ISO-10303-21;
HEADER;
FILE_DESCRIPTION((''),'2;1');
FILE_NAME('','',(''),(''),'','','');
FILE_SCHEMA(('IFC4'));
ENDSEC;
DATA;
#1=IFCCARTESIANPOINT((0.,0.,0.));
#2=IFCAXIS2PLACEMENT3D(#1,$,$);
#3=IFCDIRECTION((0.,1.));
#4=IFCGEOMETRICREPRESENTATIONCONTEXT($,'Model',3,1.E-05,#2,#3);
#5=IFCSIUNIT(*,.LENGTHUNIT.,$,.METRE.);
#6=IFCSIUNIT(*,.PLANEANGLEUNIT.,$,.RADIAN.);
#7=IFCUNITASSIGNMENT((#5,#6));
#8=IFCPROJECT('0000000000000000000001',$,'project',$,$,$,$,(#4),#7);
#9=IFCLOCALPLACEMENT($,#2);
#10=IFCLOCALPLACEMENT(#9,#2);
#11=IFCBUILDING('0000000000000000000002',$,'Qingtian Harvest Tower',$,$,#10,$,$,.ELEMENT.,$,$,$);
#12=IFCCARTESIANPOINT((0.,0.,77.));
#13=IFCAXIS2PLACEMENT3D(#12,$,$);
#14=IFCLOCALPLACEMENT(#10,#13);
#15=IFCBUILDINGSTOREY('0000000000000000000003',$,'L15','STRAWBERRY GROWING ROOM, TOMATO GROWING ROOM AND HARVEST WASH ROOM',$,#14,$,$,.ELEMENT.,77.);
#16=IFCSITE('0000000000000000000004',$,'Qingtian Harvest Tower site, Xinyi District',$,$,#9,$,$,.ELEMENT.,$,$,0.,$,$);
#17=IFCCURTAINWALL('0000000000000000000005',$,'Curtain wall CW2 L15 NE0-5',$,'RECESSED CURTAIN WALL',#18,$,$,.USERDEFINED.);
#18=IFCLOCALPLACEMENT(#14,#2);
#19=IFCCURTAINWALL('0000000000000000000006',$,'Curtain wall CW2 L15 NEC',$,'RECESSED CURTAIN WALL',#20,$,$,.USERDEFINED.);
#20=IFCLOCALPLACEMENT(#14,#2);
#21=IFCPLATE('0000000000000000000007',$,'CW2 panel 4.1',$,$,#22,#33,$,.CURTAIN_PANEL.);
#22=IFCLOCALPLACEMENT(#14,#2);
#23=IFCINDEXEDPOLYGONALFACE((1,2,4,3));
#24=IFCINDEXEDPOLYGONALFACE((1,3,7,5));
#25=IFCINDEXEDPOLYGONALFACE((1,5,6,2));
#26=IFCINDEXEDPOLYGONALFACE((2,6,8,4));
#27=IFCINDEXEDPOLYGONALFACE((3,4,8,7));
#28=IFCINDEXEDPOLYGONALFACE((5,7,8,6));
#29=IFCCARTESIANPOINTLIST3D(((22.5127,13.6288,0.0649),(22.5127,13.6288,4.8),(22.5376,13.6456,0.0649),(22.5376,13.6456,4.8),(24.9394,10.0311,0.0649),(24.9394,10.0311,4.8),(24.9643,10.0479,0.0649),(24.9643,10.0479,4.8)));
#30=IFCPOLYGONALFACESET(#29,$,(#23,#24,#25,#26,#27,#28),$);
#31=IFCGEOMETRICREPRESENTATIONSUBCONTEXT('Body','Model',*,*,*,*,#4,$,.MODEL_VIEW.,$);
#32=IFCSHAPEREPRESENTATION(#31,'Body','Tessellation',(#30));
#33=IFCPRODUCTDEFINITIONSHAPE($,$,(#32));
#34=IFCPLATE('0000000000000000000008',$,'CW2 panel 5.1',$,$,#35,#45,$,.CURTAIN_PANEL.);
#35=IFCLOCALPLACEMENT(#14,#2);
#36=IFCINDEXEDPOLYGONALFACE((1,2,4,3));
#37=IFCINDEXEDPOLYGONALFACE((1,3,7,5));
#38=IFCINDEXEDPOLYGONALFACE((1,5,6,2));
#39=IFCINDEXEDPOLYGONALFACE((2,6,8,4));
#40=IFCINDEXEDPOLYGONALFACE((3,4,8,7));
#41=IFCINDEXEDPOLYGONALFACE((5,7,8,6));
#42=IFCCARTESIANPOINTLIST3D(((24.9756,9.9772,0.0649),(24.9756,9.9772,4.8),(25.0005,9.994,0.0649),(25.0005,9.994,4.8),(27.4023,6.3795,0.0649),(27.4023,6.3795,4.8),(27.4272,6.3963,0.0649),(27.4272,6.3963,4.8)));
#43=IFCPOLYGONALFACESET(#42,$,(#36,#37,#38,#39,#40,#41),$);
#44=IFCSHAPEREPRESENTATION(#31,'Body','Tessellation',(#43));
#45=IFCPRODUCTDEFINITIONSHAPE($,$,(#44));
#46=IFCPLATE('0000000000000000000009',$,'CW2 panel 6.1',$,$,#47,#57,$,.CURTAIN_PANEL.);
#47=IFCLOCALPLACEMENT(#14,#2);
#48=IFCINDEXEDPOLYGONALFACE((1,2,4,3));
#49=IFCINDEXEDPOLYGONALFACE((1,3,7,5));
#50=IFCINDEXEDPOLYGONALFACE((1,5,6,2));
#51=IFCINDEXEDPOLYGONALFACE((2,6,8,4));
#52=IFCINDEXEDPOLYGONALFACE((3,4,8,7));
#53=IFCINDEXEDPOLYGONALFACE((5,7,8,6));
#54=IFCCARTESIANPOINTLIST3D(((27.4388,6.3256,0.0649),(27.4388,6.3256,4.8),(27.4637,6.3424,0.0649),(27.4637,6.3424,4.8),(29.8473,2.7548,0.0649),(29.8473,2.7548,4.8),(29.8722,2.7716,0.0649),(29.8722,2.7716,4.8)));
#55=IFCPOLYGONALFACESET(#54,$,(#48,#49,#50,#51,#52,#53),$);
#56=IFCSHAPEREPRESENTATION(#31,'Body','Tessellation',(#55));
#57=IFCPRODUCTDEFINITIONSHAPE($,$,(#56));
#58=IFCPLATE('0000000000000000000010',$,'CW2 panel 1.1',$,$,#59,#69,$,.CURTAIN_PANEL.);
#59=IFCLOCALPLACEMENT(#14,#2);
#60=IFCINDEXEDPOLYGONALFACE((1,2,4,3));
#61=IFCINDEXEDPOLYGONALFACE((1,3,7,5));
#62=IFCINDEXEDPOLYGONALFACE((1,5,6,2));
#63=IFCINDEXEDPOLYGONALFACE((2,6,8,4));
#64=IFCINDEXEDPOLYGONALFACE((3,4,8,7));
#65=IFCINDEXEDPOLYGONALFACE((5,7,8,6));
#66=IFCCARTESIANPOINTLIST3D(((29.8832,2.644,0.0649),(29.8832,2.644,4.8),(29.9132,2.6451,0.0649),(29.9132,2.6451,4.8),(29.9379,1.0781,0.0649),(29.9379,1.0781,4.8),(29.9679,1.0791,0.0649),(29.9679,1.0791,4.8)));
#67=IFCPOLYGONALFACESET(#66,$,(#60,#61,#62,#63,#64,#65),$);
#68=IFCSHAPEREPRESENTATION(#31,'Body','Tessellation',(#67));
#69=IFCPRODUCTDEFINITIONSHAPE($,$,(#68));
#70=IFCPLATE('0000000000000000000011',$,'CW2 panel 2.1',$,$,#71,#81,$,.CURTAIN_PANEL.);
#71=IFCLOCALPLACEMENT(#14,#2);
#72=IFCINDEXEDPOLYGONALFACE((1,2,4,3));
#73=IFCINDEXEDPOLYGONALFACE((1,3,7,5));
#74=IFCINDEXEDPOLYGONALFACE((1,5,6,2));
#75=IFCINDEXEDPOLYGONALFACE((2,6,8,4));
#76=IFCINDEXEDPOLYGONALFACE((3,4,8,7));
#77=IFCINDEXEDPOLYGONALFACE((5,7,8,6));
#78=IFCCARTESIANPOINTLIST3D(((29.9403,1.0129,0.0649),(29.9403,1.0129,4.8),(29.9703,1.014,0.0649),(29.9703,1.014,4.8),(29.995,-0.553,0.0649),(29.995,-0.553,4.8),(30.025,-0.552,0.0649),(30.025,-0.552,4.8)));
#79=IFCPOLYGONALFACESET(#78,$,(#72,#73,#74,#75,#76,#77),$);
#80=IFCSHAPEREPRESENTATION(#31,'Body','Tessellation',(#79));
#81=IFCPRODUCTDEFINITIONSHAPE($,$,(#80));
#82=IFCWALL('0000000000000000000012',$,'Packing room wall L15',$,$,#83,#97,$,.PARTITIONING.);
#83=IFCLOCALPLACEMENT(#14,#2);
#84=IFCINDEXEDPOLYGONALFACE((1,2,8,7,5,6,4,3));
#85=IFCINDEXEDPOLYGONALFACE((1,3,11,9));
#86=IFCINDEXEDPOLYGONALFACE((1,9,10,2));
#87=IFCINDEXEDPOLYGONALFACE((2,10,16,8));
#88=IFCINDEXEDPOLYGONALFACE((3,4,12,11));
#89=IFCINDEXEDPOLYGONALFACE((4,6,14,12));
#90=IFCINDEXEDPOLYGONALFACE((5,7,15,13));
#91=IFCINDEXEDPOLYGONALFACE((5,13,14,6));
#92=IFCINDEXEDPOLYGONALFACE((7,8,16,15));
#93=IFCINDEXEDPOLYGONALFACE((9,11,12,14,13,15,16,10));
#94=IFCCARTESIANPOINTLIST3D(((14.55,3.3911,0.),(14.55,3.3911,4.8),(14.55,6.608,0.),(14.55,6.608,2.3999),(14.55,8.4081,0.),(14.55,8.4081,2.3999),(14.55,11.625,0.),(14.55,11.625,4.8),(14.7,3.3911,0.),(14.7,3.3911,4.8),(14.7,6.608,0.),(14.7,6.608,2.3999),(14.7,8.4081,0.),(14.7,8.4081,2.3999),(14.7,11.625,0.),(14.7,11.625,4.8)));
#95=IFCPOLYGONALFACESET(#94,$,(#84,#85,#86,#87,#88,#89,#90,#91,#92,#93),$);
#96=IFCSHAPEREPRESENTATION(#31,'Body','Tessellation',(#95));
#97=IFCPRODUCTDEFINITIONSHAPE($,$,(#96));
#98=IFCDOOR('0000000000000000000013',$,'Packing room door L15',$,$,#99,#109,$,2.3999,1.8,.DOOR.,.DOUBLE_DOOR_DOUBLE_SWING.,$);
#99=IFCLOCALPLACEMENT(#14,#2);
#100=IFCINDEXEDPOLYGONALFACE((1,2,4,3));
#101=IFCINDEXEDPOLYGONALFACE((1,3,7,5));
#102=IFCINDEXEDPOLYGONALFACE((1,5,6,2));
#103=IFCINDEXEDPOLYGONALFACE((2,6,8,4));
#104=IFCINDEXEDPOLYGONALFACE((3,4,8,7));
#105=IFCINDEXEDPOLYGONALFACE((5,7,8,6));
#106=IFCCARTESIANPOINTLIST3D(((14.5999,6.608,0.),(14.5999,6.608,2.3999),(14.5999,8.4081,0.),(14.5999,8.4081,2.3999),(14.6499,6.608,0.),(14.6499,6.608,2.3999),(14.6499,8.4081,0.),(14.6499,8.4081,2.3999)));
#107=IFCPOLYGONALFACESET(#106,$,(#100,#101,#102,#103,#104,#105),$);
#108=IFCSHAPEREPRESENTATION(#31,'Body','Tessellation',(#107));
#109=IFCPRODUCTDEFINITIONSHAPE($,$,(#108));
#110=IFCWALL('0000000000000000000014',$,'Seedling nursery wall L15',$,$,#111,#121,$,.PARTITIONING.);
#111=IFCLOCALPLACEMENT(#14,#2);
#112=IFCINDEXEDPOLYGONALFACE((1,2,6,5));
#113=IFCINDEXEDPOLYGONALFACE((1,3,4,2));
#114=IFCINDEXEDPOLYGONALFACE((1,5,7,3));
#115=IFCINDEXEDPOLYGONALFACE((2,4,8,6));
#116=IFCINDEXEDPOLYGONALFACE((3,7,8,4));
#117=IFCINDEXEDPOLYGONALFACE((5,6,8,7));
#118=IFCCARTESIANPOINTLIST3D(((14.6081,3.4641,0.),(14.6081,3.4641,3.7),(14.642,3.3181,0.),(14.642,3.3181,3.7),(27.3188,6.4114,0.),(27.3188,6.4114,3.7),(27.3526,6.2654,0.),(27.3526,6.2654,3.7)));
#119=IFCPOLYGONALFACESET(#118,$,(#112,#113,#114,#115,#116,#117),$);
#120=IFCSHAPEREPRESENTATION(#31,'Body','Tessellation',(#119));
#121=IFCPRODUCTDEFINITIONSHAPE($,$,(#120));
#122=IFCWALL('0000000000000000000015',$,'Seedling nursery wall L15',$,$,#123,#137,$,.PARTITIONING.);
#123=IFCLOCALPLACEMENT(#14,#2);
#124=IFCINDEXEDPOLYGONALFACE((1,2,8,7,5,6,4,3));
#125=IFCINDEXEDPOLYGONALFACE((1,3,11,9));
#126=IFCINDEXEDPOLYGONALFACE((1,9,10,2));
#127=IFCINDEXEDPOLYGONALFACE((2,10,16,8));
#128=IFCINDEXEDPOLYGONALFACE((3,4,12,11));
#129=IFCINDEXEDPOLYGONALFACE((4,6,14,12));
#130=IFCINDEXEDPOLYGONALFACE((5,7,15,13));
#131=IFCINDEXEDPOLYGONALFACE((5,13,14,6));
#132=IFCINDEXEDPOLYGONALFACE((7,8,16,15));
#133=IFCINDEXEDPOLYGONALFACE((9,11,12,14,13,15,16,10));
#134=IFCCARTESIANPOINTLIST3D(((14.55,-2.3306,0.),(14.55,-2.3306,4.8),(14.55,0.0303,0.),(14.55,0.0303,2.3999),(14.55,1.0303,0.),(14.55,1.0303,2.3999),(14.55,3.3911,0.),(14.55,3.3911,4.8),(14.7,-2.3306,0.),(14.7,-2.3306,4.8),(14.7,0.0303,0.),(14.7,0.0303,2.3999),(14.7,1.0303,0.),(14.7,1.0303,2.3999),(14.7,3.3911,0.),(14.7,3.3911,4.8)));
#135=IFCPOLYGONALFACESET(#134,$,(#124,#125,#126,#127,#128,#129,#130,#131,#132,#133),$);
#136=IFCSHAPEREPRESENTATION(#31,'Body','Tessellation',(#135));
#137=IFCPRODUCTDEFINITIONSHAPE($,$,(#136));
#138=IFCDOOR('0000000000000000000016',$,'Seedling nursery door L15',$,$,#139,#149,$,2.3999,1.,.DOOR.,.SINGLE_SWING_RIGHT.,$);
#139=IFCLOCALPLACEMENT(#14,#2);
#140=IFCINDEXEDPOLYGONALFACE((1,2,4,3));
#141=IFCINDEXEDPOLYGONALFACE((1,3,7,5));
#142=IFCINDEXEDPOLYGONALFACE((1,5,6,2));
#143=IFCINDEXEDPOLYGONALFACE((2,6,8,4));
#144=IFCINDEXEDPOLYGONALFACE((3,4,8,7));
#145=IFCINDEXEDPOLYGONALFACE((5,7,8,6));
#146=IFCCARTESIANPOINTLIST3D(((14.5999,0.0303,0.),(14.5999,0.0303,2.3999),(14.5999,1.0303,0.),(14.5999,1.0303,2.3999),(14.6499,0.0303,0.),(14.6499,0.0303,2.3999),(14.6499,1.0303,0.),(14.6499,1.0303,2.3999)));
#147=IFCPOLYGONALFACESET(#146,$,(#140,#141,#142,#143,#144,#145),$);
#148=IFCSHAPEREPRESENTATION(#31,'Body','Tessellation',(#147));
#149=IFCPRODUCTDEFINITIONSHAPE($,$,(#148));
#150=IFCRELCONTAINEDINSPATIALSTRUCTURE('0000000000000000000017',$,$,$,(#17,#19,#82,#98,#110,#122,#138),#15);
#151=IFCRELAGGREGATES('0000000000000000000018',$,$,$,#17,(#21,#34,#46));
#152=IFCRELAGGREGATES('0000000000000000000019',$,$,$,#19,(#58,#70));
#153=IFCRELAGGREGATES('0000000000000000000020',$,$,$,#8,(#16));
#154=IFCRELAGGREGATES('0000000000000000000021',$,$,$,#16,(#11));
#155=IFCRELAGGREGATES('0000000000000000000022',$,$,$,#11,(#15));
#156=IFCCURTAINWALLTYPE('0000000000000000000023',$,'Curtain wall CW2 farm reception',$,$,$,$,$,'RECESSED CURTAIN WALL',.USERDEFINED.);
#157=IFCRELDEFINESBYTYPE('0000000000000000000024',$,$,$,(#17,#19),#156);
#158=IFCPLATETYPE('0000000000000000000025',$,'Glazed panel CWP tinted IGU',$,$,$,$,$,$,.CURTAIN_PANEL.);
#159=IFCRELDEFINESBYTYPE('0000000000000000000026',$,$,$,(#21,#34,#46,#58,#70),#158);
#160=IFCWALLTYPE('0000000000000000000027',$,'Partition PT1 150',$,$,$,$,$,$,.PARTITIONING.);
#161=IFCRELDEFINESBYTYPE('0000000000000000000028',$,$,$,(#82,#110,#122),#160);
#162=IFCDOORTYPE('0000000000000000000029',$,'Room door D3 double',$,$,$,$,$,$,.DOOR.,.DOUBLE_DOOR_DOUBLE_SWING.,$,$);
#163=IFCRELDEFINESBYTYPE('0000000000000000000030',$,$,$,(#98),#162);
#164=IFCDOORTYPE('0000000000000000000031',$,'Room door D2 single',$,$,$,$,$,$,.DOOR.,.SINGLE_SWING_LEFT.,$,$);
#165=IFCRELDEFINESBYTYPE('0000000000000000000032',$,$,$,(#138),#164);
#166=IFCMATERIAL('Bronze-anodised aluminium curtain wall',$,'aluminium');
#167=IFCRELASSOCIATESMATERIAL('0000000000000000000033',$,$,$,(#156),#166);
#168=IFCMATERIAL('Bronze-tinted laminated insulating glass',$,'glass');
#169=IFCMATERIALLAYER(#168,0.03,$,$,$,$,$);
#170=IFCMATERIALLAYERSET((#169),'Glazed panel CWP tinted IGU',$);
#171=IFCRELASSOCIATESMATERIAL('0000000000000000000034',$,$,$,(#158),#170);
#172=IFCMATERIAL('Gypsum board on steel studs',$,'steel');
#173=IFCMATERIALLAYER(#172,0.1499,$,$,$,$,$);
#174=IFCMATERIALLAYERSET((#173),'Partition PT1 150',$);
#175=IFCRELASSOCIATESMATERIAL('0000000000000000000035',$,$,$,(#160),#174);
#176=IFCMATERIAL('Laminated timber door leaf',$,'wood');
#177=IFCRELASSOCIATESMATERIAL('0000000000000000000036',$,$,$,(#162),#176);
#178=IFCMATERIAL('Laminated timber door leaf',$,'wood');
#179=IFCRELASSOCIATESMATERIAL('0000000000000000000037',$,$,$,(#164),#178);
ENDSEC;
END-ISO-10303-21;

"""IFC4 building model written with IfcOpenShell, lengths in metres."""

from ifc_helpers import new_model, si_unit, direction, frame, frame_2d, origin, origin_2d, place, context, subcontext, project, spatial, rectangle, extrude, material, layer, layer_set, type_object, element, fill, aggregate, save


model = new_model("IFC4")

# Units and contexts
model_context = context("Model", 3, precision=1e-05, world=origin(), true_north=direction((0.0, 1.0)))
body_context = subcontext(model_context, "Body", "Model", "MODEL_VIEW")
ifc_project = project(units=[si_unit("LENGTHUNIT", "METRE"), si_unit("PLANEANGLEUNIT", "RADIAN")], contexts=[model_context])

# Site, building, storey
site_placement = place(None, origin())
site = spatial("IfcSite", under=ifc_project, at=site_placement, Name="Qingtian Harvest Tower site, Xinyi District", CompositionType="ELEMENT", RefElevation=0.0)
building_placement = place(site_placement, origin())
building = spatial("IfcBuilding", under=site, at=building_placement, Name="Qingtian Harvest Tower", CompositionType="ELEMENT")
storey_placement = place(building_placement, frame((0.0, 0.0, 77.0)))
storey = spatial("IfcBuildingStorey", under=building, at=storey_placement, Name="L15", Description="STRAWBERRY GROWING ROOM, TOMATO GROWING ROOM AND HARVEST WASH ROOM", CompositionType="ELEMENT", Elevation=77.0)

# Curtain walls
ifc_material_1 = material(Name="Bronze-anodised aluminium curtain wall", Category="aluminium")
curtain_wall_type = type_object("IfcCurtainWallType", Name="Curtain wall CW2 farm reception", ElementType="RECESSED CURTAIN WALL", PredefinedType="USERDEFINED", material=ifc_material_1)
curtain_wall_1_placement = place(storey_placement, origin())
curtain_wall_1 = element("IfcCurtainWall", 1, at=curtain_wall_1_placement, inside=storey, type_object=curtain_wall_type, Name="Curtain wall CW2 L15 NE0-5", ObjectType="RECESSED CURTAIN WALL", PredefinedType="USERDEFINED")
curtain_wall_2_placement = place(storey_placement, origin())
curtain_wall_2 = element("IfcCurtainWall", 2, at=curtain_wall_2_placement, inside=storey, type_object=curtain_wall_type, Name="Curtain wall CW2 L15 NEC", ObjectType="RECESSED CURTAIN WALL", PredefinedType="USERDEFINED")

# Plates
ifc_material_2 = material(Name="Bronze-tinted laminated insulating glass", Category="glass")
ifc_layer_1 = layer(ifc_material_2, 0.03)
ifc_layer_set_1 = layer_set([ifc_layer_1], Name="Glazed panel CWP tinted IGU")
plate_type = type_object("IfcPlateType", Name="Glazed panel CWP tinted IGU", PredefinedType="CURTAIN_PANEL", material=ifc_layer_set_1)
plate_1_placement = place(storey_placement, frame((23.7385, 11.8384, 0.0649), z_axis=(0.0, 0.0, 1.0), x_axis=(0.559193, -0.829038, 0.0)))
plate_1 = element("IfcPlate", 3, at=plate_1_placement, type_object=plate_type, Name="CW2 panel 4.1", PredefinedType="CURTAIN_PANEL", context=body_context, shape_type="SweptSolid", body=[
    extrude(rectangle(XDim=4.3396, YDim=0.03, at=origin_2d()), origin(), (0.0, 0.0, 1.0), 4.7351),
])
plate_2_placement = place(storey_placement, frame((26.2014, 8.1868, 0.0649), z_axis=(0.0, 0.0, 1.0), x_axis=(0.559193, -0.829038, 0.0)))
plate_2 = element("IfcPlate", 4, at=plate_2_placement, type_object=plate_type, Name="CW2 panel 5.1", PredefinedType="CURTAIN_PANEL", context=body_context, shape_type="SweptSolid", body=[
    extrude(rectangle(XDim=4.3396, YDim=0.03, at=origin_2d()), origin(), (0.0, 0.0, 1.0), 4.7351),
])
plate_3_placement = place(storey_placement, frame((28.6555, 4.5486, 0.0649), z_axis=(0.0, 0.0, 1.0), x_axis=(0.559193, -0.829038, 0.0)))
plate_3 = element("IfcPlate", 5, at=plate_3_placement, type_object=plate_type, Name="CW2 panel 6.1", PredefinedType="CURTAIN_PANEL", context=body_context, shape_type="SweptSolid", body=[
    extrude(rectangle(XDim=4.3071, YDim=0.03, at=origin_2d()), origin(), (0.0, 0.0, 1.0), 4.7351),
])
aggregate(curtain_wall_1, [plate_1, plate_2, plate_3])
plate_4_placement = place(storey_placement, frame((29.9255, 1.8616, 0.0649), z_axis=(0.0, 0.0, 1.0), x_axis=(0.034899, -0.999391, 0.0)))
plate_4 = element("IfcPlate", 6, at=plate_4_placement, type_object=plate_type, Name="CW2 panel 1.1", PredefinedType="CURTAIN_PANEL", context=body_context, shape_type="SweptSolid", body=[
    extrude(rectangle(XDim=1.5669, YDim=0.03, at=origin_2d()), origin(), (0.0, 0.0, 1.0), 4.7351),
])
plate_5_placement = place(storey_placement, frame((29.9827, 0.2305, 0.0649), z_axis=(0.0, 0.0, 1.0), x_axis=(0.034899, -0.999391, 0.0)))
plate_5 = element("IfcPlate", 7, at=plate_5_placement, type_object=plate_type, Name="CW2 panel 2.1", PredefinedType="CURTAIN_PANEL", context=body_context, shape_type="SweptSolid", body=[
    extrude(rectangle(XDim=1.5669, YDim=0.03, at=origin_2d()), origin(), (0.0, 0.0, 1.0), 4.7351),
])
aggregate(curtain_wall_2, [plate_4, plate_5])

# Wall, opening, door
ifc_material_3 = material(Name="Gypsum board on steel studs", Category="steel")
ifc_layer_2 = layer(ifc_material_3, 0.1499)
ifc_layer_set_2 = layer_set([ifc_layer_2], Name="Partition PT1 150")
wall_type = type_object("IfcWallType", Name="Partition PT1 150", PredefinedType="PARTITIONING", material=ifc_layer_set_2)
wall_1_placement = place(storey_placement, frame((14.625, 11.625, 0.0), z_axis=(0.0, 0.0, 1.0), x_axis=(0.0, -1.0, 0.0)))
wall_1 = element("IfcWall", 8, at=wall_1_placement, inside=storey, type_object=wall_type, Name="Packing room wall L15", PredefinedType="PARTITIONING", context=body_context, shape_type="SweptSolid", body=[
    extrude(rectangle(XDim=8.2339, YDim=0.1499, at=frame_2d((4.1169, 0.0))), origin(), (0.0, 0.0, 1.0), 4.8),
])
opening_1_placement = place(wall_1_placement, frame((3.217, 0.0, 0.0)))
opening_1 = element("IfcOpeningElement", 9, at=opening_1_placement, cuts=wall_1, PredefinedType="OPENING", context=body_context, shape_type="SweptSolid", body=[
    extrude(rectangle(XDim=1.8, YDim=2.3999, at=frame_2d((0.8999, 1.2))), frame((0.0, 0.085, 0.0), z_axis=(0.0, -1.0, 0.0), x_axis=(1.0, 0.0, 0.0)), (0.0, 0.0, 1.0), 0.1699),
])
ifc_material_4 = material(Name="Laminated timber door leaf", Category="wood")
door_type_1 = type_object("IfcDoorType", Name="Room door D3 double", OperationType="DOUBLE_DOOR_DOUBLE_SWING", PredefinedType="DOOR", material=ifc_material_4)
door_1_placement = place(opening_1_placement, origin())
door_1 = element("IfcDoor", 10, at=door_1_placement, inside=storey, type_object=door_type_1, Name="Packing room door L15", OperationType="DOUBLE_DOOR_DOUBLE_SWING", OverallHeight=2.3999, OverallWidth=1.8, PredefinedType="DOOR", context=body_context, shape_type="SweptSolid", body=[
    extrude(rectangle(XDim=1.8, YDim=2.3999, at=frame_2d((0.8999, 1.2))), frame((0.0, 0.0249, 0.0), z_axis=(0.0, -1.0, 0.0), x_axis=(1.0, 0.0, 0.0)), (0.0, 0.0, 1.0), 0.05),
])
fill(opening_1, door_1)

# Wall
wall_2_placement = place(storey_placement, frame((27.3357, 6.3384, 0.0), z_axis=(0.0, 0.0, 1.0), x_axis=(-0.974155, -0.22588, 0.0)))
element("IfcWall", 11, at=wall_2_placement, inside=storey, type_object=wall_type, Name="Seedling nursery wall L15", PredefinedType="PARTITIONING", context=body_context, shape_type="SweptSolid", body=[
    extrude(rectangle(XDim=13.0479, YDim=0.1499, at=frame_2d((6.5239, 0.0))), origin(), (0.0, 0.0, 1.0), 3.7),
])

# Wall, opening, door
wall_3_placement = place(storey_placement, frame((14.625, 3.3911, 0.0), z_axis=(0.0, 0.0, 1.0), x_axis=(0.0, -1.0, 0.0)))
wall_3 = element("IfcWall", 12, at=wall_3_placement, inside=storey, type_object=wall_type, Name="Seedling nursery wall L15", PredefinedType="PARTITIONING", context=body_context, shape_type="SweptSolid", body=[
    extrude(rectangle(XDim=5.7217, YDim=0.1499, at=frame_2d((2.8608, 0.0))), origin(), (0.0, 0.0, 1.0), 4.8),
])
opening_2_placement = place(wall_3_placement, frame((2.3608, 0.0, 0.0)))
opening_2 = element("IfcOpeningElement", 13, at=opening_2_placement, cuts=wall_3, PredefinedType="OPENING", context=body_context, shape_type="SweptSolid", body=[
    extrude(rectangle(XDim=1.0, YDim=2.3999, at=frame_2d((0.5, 1.2))), frame((0.0, 0.085, 0.0), z_axis=(0.0, -1.0, 0.0), x_axis=(1.0, 0.0, 0.0)), (0.0, 0.0, 1.0), 0.1699),
])
ifc_material_5 = material(Name="Laminated timber door leaf", Category="wood")
door_type_2 = type_object("IfcDoorType", Name="Room door D2 single", OperationType="SINGLE_SWING_LEFT", PredefinedType="DOOR", material=ifc_material_5)
door_2_placement = place(opening_2_placement, origin())
door_2 = element("IfcDoor", 14, at=door_2_placement, inside=storey, type_object=door_type_2, Name="Seedling nursery door L15", OperationType="SINGLE_SWING_RIGHT", OverallHeight=2.3999, OverallWidth=1.0, PredefinedType="DOOR", context=body_context, shape_type="SweptSolid", body=[
    extrude(rectangle(XDim=1.0, YDim=2.3999, at=frame_2d((0.5, 1.2))), frame((0.0, 0.0249, 0.0), z_axis=(0.0, -1.0, 0.0), x_axis=(1.0, 0.0, 0.0)), (0.0, 0.0, 1.0), 0.05),
])
fill(opening_2, door_2)

save(model, "model.ifc")
